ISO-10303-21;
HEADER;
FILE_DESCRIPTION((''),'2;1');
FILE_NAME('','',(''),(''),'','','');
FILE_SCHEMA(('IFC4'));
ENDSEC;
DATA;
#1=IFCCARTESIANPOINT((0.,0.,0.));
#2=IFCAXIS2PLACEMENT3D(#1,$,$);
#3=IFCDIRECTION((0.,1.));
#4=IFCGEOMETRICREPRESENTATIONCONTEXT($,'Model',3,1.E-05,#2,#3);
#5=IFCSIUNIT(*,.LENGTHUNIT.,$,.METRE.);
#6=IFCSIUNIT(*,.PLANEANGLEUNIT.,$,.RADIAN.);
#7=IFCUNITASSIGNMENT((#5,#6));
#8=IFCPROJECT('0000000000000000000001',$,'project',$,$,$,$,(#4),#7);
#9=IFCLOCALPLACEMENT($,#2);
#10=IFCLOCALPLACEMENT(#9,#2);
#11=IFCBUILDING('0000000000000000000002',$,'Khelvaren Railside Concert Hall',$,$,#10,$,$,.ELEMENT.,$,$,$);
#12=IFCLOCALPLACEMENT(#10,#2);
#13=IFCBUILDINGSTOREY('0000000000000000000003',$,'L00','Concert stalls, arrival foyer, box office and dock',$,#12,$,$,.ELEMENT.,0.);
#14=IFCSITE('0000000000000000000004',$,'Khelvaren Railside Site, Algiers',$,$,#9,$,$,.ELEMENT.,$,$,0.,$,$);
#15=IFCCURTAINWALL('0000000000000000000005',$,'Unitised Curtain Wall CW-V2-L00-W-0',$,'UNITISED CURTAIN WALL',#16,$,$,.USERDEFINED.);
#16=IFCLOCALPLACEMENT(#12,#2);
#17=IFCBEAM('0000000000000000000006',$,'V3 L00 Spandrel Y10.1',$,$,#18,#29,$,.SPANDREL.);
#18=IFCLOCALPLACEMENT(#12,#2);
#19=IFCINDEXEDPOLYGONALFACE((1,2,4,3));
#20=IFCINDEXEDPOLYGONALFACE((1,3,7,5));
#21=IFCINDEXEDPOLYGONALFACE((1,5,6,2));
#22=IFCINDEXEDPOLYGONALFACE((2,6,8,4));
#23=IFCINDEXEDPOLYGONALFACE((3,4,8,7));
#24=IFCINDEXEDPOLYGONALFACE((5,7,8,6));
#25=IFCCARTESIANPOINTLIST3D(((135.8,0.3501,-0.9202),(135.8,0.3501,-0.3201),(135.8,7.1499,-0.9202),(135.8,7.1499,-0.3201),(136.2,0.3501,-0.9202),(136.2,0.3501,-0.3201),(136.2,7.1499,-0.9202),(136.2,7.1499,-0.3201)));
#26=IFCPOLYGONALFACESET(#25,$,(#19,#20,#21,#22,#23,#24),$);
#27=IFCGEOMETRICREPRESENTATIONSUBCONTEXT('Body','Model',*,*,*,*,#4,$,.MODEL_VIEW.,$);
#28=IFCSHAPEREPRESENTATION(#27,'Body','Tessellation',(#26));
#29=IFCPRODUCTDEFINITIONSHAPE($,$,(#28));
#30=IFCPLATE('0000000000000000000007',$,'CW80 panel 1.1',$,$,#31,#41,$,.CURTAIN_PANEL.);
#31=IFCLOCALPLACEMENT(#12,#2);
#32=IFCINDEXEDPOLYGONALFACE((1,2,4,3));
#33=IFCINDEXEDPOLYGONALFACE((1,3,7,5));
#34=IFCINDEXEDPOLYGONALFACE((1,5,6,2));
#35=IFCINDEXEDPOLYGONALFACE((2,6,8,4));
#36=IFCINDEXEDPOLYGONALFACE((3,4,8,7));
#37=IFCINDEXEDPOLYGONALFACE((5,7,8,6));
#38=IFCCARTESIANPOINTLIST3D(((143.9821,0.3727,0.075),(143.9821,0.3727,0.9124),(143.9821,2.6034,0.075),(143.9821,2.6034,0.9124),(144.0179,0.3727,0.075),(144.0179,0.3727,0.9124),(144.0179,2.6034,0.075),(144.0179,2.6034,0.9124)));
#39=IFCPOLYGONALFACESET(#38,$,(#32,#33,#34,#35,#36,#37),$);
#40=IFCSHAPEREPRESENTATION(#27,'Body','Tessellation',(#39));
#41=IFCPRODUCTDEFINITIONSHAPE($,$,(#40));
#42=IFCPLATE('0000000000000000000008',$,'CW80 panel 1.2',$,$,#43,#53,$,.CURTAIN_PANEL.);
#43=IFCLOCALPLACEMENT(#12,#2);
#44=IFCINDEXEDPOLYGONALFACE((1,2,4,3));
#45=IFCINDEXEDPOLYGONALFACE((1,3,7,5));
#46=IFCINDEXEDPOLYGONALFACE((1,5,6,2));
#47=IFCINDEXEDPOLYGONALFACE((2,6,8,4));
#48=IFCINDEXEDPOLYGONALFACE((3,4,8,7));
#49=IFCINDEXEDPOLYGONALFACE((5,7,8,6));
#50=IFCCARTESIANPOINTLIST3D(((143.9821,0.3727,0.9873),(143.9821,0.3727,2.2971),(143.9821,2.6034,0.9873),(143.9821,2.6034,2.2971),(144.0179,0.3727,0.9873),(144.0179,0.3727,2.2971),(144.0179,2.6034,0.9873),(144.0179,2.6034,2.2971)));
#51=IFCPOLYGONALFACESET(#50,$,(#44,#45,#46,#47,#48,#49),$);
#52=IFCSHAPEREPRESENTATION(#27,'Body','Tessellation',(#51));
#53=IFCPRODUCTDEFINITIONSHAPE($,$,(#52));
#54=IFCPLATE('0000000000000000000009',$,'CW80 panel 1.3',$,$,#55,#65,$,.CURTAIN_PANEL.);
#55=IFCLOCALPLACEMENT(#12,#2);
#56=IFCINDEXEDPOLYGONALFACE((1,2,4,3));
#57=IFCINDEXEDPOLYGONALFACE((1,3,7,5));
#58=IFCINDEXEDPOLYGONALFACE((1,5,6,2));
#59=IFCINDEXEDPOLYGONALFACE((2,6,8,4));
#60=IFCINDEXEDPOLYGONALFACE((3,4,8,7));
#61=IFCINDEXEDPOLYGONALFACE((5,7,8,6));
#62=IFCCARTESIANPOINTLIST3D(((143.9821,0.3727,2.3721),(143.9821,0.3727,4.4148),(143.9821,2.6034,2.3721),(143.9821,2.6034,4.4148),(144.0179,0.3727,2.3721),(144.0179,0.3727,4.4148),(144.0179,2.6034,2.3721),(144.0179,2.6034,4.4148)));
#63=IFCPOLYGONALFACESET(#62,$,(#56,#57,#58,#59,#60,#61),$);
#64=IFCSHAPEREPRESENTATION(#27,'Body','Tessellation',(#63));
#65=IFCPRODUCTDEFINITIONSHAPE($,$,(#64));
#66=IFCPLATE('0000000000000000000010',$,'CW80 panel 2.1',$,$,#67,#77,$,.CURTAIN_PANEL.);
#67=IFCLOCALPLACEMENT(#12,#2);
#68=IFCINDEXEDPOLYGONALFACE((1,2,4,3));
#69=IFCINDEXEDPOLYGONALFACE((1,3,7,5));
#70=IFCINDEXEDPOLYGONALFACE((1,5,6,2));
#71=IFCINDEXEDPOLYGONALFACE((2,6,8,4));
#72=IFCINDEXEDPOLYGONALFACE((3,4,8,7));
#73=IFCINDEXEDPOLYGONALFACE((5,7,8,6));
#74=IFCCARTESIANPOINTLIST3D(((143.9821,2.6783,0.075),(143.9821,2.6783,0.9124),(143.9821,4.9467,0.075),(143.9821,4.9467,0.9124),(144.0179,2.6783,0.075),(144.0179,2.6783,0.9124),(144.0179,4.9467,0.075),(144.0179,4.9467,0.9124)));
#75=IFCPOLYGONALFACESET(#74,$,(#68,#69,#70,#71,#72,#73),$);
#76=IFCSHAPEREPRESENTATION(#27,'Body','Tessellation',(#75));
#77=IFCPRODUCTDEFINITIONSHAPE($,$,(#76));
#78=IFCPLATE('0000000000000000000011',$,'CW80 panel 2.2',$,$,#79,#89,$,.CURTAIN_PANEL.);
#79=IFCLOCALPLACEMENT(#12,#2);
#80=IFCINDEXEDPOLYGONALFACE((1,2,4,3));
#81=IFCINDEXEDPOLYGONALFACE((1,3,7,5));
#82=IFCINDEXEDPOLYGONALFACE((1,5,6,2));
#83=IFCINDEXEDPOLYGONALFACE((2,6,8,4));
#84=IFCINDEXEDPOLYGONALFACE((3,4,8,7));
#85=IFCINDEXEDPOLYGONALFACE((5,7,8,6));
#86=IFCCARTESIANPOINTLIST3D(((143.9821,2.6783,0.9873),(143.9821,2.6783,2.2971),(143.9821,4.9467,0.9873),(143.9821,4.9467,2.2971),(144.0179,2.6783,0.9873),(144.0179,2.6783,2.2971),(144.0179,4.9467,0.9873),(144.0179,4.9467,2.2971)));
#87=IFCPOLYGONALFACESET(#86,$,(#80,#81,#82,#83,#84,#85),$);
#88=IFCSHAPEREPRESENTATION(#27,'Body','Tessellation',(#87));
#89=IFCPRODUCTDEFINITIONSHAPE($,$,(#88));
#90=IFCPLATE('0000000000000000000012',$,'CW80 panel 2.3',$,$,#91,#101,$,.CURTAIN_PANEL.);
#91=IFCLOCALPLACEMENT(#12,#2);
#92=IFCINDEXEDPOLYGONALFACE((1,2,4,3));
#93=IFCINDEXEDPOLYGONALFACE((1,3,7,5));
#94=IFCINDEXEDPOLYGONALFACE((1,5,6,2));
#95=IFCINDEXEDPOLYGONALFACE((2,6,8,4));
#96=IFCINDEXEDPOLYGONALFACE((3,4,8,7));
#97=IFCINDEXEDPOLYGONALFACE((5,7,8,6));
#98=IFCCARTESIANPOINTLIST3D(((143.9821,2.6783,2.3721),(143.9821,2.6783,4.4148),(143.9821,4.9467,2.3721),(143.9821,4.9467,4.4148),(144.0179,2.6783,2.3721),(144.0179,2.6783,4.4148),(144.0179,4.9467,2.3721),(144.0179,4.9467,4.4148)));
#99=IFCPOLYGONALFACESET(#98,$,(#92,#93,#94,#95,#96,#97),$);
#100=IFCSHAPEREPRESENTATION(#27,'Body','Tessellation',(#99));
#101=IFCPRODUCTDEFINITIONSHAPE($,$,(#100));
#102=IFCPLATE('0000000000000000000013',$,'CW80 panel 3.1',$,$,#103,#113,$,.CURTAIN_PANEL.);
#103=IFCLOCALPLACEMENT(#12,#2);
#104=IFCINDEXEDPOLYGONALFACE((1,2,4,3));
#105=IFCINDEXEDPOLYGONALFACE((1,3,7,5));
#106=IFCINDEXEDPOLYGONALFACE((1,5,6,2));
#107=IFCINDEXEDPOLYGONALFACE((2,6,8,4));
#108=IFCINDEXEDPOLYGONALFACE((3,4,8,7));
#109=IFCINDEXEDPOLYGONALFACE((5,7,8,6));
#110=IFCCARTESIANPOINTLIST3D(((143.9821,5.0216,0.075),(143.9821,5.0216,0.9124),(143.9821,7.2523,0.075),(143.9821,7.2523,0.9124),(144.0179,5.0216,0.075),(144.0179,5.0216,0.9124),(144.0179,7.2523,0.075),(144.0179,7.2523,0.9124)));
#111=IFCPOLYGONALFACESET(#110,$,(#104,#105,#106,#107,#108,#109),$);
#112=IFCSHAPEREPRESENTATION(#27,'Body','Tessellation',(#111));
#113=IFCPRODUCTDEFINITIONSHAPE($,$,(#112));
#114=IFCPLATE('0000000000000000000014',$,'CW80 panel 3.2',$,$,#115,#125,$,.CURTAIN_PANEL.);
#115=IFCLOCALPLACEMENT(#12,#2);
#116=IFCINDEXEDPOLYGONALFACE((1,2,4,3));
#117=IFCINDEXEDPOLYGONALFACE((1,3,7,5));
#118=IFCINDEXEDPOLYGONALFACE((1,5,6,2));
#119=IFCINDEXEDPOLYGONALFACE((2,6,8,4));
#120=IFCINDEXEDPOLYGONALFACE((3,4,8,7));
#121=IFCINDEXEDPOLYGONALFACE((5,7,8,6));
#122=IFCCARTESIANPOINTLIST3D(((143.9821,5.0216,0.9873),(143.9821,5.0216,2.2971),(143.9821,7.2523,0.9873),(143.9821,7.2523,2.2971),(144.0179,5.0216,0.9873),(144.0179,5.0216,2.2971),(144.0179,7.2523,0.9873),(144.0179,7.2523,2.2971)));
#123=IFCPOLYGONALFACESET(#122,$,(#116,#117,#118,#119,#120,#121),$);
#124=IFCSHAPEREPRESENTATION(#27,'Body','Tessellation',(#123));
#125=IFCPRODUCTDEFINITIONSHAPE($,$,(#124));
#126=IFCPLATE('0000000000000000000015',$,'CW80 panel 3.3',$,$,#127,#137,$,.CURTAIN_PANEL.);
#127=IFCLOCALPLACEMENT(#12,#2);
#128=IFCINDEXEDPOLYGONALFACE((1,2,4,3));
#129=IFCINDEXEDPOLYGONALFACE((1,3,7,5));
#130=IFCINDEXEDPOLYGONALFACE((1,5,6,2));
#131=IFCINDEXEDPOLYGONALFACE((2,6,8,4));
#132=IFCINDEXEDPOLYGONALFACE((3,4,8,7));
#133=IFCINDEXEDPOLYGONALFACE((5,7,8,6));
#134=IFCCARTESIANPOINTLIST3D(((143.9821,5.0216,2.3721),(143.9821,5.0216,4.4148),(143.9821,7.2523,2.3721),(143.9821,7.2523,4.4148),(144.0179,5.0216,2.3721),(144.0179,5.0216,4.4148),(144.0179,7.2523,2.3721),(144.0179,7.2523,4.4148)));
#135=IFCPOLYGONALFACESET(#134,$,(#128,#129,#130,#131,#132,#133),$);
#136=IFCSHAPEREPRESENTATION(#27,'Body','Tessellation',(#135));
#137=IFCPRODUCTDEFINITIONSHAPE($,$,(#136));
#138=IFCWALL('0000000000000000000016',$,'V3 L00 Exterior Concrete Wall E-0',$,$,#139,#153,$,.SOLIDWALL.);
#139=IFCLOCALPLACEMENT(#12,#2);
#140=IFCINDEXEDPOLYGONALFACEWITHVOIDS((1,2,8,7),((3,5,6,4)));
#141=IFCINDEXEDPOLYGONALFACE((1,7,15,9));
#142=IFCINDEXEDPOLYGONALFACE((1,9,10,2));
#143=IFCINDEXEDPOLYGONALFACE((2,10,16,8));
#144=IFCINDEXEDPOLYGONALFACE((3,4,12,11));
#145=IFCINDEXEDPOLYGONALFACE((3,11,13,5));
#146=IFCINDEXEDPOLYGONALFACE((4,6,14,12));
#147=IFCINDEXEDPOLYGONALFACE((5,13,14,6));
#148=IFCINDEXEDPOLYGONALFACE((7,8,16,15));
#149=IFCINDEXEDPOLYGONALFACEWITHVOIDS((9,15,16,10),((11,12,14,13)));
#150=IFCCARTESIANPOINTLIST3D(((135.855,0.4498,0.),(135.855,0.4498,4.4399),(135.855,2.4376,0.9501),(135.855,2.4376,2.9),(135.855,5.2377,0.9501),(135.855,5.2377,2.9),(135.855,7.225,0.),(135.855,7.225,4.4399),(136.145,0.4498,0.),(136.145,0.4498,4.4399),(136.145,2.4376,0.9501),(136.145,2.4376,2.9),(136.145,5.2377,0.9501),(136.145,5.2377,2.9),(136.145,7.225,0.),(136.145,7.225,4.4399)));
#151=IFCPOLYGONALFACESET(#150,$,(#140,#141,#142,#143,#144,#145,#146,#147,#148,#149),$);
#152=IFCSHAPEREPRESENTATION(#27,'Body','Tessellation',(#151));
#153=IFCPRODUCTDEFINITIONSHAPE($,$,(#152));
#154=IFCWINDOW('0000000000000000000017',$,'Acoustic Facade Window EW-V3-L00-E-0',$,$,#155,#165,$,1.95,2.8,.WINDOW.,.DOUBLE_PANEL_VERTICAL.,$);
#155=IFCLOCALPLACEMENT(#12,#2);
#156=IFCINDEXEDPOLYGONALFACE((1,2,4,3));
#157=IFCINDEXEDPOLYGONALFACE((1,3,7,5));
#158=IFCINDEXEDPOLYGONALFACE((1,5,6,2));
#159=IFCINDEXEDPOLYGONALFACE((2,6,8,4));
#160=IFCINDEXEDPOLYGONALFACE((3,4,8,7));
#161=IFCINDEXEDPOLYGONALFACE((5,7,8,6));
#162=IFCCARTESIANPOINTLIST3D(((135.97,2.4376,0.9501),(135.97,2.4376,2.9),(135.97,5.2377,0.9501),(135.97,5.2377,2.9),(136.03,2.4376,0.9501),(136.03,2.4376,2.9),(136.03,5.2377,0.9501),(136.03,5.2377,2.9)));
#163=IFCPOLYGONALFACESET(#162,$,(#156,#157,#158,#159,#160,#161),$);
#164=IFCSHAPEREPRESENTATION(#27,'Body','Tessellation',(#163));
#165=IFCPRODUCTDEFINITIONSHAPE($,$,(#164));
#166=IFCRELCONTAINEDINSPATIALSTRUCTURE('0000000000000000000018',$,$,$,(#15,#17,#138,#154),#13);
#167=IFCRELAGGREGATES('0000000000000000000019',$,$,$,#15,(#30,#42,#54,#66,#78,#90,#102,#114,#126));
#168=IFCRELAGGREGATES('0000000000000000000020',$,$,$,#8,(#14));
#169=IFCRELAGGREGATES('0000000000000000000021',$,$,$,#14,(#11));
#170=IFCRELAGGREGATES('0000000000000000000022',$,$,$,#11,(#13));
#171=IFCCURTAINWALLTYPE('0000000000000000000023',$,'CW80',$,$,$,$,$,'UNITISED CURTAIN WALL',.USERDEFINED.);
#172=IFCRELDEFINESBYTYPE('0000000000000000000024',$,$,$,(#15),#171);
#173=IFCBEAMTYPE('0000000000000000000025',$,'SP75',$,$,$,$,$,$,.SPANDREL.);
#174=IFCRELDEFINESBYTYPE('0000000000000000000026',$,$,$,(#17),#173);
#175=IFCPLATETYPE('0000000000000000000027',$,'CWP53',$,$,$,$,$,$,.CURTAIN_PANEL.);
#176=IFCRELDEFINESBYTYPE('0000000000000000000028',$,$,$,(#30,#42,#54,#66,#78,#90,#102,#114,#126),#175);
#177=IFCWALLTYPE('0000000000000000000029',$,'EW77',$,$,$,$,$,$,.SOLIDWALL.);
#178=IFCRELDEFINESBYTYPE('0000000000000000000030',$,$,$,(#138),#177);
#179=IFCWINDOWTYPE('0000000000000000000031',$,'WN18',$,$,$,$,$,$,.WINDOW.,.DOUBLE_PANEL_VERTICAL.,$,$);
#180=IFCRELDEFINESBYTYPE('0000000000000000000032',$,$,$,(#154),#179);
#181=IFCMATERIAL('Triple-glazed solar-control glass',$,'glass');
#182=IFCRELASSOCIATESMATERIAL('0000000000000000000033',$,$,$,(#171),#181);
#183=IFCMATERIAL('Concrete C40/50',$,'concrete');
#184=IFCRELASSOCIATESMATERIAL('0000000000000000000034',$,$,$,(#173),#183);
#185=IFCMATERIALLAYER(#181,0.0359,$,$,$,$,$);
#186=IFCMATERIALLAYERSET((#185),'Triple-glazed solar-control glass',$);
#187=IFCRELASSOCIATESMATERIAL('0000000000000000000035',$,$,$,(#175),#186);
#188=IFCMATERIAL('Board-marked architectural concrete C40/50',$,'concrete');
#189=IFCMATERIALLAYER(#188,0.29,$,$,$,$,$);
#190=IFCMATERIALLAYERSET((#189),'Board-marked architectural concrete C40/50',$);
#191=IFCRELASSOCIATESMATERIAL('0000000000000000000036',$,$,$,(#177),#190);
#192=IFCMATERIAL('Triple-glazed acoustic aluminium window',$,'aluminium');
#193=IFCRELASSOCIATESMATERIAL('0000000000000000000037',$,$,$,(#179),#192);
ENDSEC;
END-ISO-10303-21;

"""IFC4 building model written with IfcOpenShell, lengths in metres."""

from ifc_helpers import new_model, si_unit, direction, frame, frame_2d, origin, origin_2d, place, context, subcontext, project, spatial, rectangle, extrude, material, layer, layer_set, material_profile, profile_set, type_object, element, fill, aggregate, save


model = new_model("IFC4")

# Units and contexts
model_context = context("Model", 3, precision=1e-05, world=origin(), true_north=direction((0.0, 1.0)))
body_context = subcontext(model_context, "Body", "Model", "MODEL_VIEW")
ifc_project = project(units=[si_unit("LENGTHUNIT", "METRE"), si_unit("PLANEANGLEUNIT", "RADIAN")], contexts=[model_context])

# Site, building, storey
site_placement = place(None, origin())
site = spatial("IfcSite", under=ifc_project, at=site_placement, Name="Khelvaren Railside Site, Algiers", CompositionType="ELEMENT", RefElevation=0.0)
building_placement = place(site_placement, origin())
building = spatial("IfcBuilding", under=site, at=building_placement, Name="Khelvaren Railside Concert Hall", CompositionType="ELEMENT")
storey_placement = place(building_placement, origin())
storey = spatial("IfcBuildingStorey", under=building, at=storey_placement, Name="L00", Description="Concert stalls, arrival foyer, box office and dock", CompositionType="ELEMENT", Elevation=0.0)

# Curtain wall
ifc_material_1 = material(Name="Triple-glazed solar-control glass", Category="glass")
curtain_wall_type_1 = type_object("IfcCurtainWallType", Name="CW80", ElementType="UNITISED CURTAIN WALL", PredefinedType="USERDEFINED", material=ifc_material_1)
curtain_wall_1_placement = place(storey_placement, origin())
curtain_wall_1 = element("IfcCurtainWall", 1, at=curtain_wall_1_placement, inside=storey, type_object=curtain_wall_type_1, Name="Unitised Curtain Wall CW-V2-L00-W-0", ObjectType="UNITISED CURTAIN WALL", PredefinedType="USERDEFINED")

# Beam
ifc_material_2 = material(Name="Concrete C40/50", Category="concrete")
ifc_material_profile_1 = material_profile(ifc_material_2, rectangle(XDim=0.3999, YDim=0.6001, at=origin_2d()), Name="RCB 400x600")
ifc_profile_set_1 = profile_set([ifc_material_profile_1], Name="Concrete C40/50")
beam_type_1 = type_object("IfcBeamType", Name="SP75", PredefinedType="SPANDREL", material=ifc_profile_set_1)
beam_1_placement = place(storey_placement, frame((136.0, 0.3501, -0.6201), z_axis=(0.0, 1.0, 0.0), x_axis=(-1.0, 0.0, 0.0)))
element("IfcBeam", 2, at=beam_1_placement, inside=storey, type_object=beam_type_1, Name="V3 L00 Spandrel Y10.1", PredefinedType="SPANDREL", context=body_context, shape_type="SweptSolid", body=[
    extrude(rectangle(XDim=0.3999, YDim=0.6001, at=origin_2d()), origin(), (0.0, 0.0, 1.0), 6.7998),
])

# Plates
ifc_layer_1 = layer(ifc_material_1, 0.0359)
ifc_layer_set_1 = layer_set([ifc_layer_1], Name="Triple-glazed solar-control glass")
plate_type = type_object("IfcPlateType", Name="CWP53", PredefinedType="CURTAIN_PANEL", material=ifc_layer_set_1)
plate_1_placement = place(storey_placement, frame((144.0, 1.488, 0.075), z_axis=(0.0, 0.0, 1.0), x_axis=(0.0, 1.0, 0.0)))
plate_1 = element("IfcPlate", 3, at=plate_1_placement, type_object=plate_type, Name="CW80 panel 1.1", PredefinedType="CURTAIN_PANEL", context=body_context, shape_type="SweptSolid", body=[
    extrude(rectangle(XDim=2.2307, YDim=0.0359, at=origin_2d()), origin(), (0.0, 0.0, 1.0), 0.8374),
])
plate_2_placement = place(storey_placement, frame((144.0, 1.488, 0.9873), z_axis=(0.0, 0.0, 1.0), x_axis=(0.0, 1.0, 0.0)))
plate_2 = element("IfcPlate", 4, at=plate_2_placement, type_object=plate_type, Name="CW80 panel 1.2", PredefinedType="CURTAIN_PANEL", context=body_context, shape_type="SweptSolid", body=[
    extrude(rectangle(XDim=2.2307, YDim=0.0359, at=origin_2d()), origin(), (0.0, 0.0, 1.0), 1.3098),
])
plate_3_placement = place(storey_placement, frame((144.0, 1.488, 2.3721), z_axis=(0.0, 0.0, 1.0), x_axis=(0.0, 1.0, 0.0)))
plate_3 = element("IfcPlate", 5, at=plate_3_placement, type_object=plate_type, Name="CW80 panel 1.3", PredefinedType="CURTAIN_PANEL", context=body_context, shape_type="SweptSolid", body=[
    extrude(rectangle(XDim=2.2307, YDim=0.0359, at=origin_2d()), origin(), (0.0, 0.0, 1.0), 2.0427),
])
plate_4_placement = place(storey_placement, frame((144.0, 3.8125, 0.075), z_axis=(0.0, 0.0, 1.0), x_axis=(0.0, 1.0, 0.0)))
plate_4 = element("IfcPlate", 6, at=plate_4_placement, type_object=plate_type, Name="CW80 panel 2.1", PredefinedType="CURTAIN_PANEL", context=body_context, shape_type="SweptSolid", body=[
    extrude(rectangle(XDim=2.2683, YDim=0.0359, at=origin_2d()), origin(), (0.0, 0.0, 1.0), 0.8374),
])
plate_5_placement = place(storey_placement, frame((144.0, 3.8125, 0.9873), z_axis=(0.0, 0.0, 1.0), x_axis=(0.0, 1.0, 0.0)))
plate_5 = element("IfcPlate", 7, at=plate_5_placement, type_object=plate_type, Name="CW80 panel 2.2", PredefinedType="CURTAIN_PANEL", context=body_context, shape_type="SweptSolid", body=[
    extrude(rectangle(XDim=2.2683, YDim=0.0359, at=origin_2d()), origin(), (0.0, 0.0, 1.0), 1.3098),
])
plate_6_placement = place(storey_placement, frame((144.0, 3.8125, 2.3721), z_axis=(0.0, 0.0, 1.0), x_axis=(0.0, 1.0, 0.0)))
plate_6 = element("IfcPlate", 8, at=plate_6_placement, type_object=plate_type, Name="CW80 panel 2.3", PredefinedType="CURTAIN_PANEL", context=body_context, shape_type="SweptSolid", body=[
    extrude(rectangle(XDim=2.2683, YDim=0.0359, at=origin_2d()), origin(), (0.0, 0.0, 1.0), 2.0427),
])
plate_7_placement = place(storey_placement, frame((144.0, 6.137, 0.075), z_axis=(0.0, 0.0, 1.0), x_axis=(0.0, 1.0, 0.0)))
plate_7 = element("IfcPlate", 9, at=plate_7_placement, type_object=plate_type, Name="CW80 panel 3.1", PredefinedType="CURTAIN_PANEL", context=body_context, shape_type="SweptSolid", body=[
    extrude(rectangle(XDim=2.2307, YDim=0.0359, at=origin_2d()), origin(), (0.0, 0.0, 1.0), 0.8374),
])
plate_8_placement = place(storey_placement, frame((144.0, 6.137, 0.9873), z_axis=(0.0, 0.0, 1.0), x_axis=(0.0, 1.0, 0.0)))
plate_8 = element("IfcPlate", 10, at=plate_8_placement, type_object=plate_type, Name="CW80 panel 3.2", PredefinedType="CURTAIN_PANEL", context=body_context, shape_type="SweptSolid", body=[
    extrude(rectangle(XDim=2.2307, YDim=0.0359, at=origin_2d()), origin(), (0.0, 0.0, 1.0), 1.3098),
])
plate_9_placement = place(storey_placement, frame((144.0, 6.137, 2.3721), z_axis=(0.0, 0.0, 1.0), x_axis=(0.0, 1.0, 0.0)))
plate_9 = element("IfcPlate", 11, at=plate_9_placement, type_object=plate_type, Name="CW80 panel 3.3", PredefinedType="CURTAIN_PANEL", context=body_context, shape_type="SweptSolid", body=[
    extrude(rectangle(XDim=2.2307, YDim=0.0359, at=origin_2d()), origin(), (0.0, 0.0, 1.0), 2.0427),
])
aggregate(curtain_wall_1, [plate_1, plate_2, plate_3, plate_4, plate_5, plate_6, plate_7, plate_8, plate_9])

# Wall, opening, window
ifc_material_3 = material(Name="Board-marked architectural concrete C40/50", Category="concrete")
ifc_layer_2 = layer(ifc_material_3, 0.29)
ifc_layer_set_2 = layer_set([ifc_layer_2], Name="Board-marked architectural concrete C40/50")
wall_type = type_object("IfcWallType", Name="EW77", PredefinedType="SOLIDWALL", material=ifc_layer_set_2)
wall_placement = place(storey_placement, frame((136.0, 7.2251, 0.0), z_axis=(0.0, 0.0, 1.0), x_axis=(0.0, -1.0, 0.0)))
wall = element("IfcWall", 12, at=wall_placement, inside=storey, type_object=wall_type, Name="V3 L00 Exterior Concrete Wall E-0", PredefinedType="SOLIDWALL", context=body_context, shape_type="SweptSolid", body=[
    extrude(rectangle(XDim=6.7751, YDim=0.29, at=frame_2d((3.3877, 0.0))), origin(), (0.0, 0.0, 1.0), 4.4399),
])
opening_placement = place(wall_placement, frame((1.9875, 0.0, 0.95)))
opening = element("IfcOpeningElement", 13, at=opening_placement, cuts=wall, PredefinedType="OPENING", context=body_context, shape_type="SweptSolid", body=[
    extrude(rectangle(XDim=2.8, YDim=1.95, at=frame_2d((1.3999, 0.9751))), frame((0.0, 0.155, 0.0), z_axis=(0.0, -1.0, 0.0), x_axis=(1.0, 0.0, 0.0)), (0.0, 0.0, 1.0), 0.3101),
])
ifc_material_4 = material(Name="Triple-glazed acoustic aluminium window", Category="aluminium")
window_type = type_object("IfcWindowType", Name="WN18", PartitioningType="DOUBLE_PANEL_VERTICAL", PredefinedType="WINDOW", material=ifc_material_4)
window_placement = place(opening_placement, origin())
window = element("IfcWindow", 14, at=window_placement, inside=storey, type_object=window_type, Name="Acoustic Facade Window EW-V3-L00-E-0", OverallHeight=1.95, OverallWidth=2.8, PartitioningType="DOUBLE_PANEL_VERTICAL", PredefinedType="WINDOW", context=body_context, shape_type="SweptSolid", body=[
    extrude(rectangle(XDim=2.8, YDim=1.95, at=frame_2d((1.3999, 0.9751))), frame((0.0, 0.03, 0.0), z_axis=(0.0, -1.0, 0.0), x_axis=(1.0, 0.0, 0.0)), (0.0, 0.0, 1.0), 0.0601),
])
fill(opening, window)

save(model, "model.ifc")
